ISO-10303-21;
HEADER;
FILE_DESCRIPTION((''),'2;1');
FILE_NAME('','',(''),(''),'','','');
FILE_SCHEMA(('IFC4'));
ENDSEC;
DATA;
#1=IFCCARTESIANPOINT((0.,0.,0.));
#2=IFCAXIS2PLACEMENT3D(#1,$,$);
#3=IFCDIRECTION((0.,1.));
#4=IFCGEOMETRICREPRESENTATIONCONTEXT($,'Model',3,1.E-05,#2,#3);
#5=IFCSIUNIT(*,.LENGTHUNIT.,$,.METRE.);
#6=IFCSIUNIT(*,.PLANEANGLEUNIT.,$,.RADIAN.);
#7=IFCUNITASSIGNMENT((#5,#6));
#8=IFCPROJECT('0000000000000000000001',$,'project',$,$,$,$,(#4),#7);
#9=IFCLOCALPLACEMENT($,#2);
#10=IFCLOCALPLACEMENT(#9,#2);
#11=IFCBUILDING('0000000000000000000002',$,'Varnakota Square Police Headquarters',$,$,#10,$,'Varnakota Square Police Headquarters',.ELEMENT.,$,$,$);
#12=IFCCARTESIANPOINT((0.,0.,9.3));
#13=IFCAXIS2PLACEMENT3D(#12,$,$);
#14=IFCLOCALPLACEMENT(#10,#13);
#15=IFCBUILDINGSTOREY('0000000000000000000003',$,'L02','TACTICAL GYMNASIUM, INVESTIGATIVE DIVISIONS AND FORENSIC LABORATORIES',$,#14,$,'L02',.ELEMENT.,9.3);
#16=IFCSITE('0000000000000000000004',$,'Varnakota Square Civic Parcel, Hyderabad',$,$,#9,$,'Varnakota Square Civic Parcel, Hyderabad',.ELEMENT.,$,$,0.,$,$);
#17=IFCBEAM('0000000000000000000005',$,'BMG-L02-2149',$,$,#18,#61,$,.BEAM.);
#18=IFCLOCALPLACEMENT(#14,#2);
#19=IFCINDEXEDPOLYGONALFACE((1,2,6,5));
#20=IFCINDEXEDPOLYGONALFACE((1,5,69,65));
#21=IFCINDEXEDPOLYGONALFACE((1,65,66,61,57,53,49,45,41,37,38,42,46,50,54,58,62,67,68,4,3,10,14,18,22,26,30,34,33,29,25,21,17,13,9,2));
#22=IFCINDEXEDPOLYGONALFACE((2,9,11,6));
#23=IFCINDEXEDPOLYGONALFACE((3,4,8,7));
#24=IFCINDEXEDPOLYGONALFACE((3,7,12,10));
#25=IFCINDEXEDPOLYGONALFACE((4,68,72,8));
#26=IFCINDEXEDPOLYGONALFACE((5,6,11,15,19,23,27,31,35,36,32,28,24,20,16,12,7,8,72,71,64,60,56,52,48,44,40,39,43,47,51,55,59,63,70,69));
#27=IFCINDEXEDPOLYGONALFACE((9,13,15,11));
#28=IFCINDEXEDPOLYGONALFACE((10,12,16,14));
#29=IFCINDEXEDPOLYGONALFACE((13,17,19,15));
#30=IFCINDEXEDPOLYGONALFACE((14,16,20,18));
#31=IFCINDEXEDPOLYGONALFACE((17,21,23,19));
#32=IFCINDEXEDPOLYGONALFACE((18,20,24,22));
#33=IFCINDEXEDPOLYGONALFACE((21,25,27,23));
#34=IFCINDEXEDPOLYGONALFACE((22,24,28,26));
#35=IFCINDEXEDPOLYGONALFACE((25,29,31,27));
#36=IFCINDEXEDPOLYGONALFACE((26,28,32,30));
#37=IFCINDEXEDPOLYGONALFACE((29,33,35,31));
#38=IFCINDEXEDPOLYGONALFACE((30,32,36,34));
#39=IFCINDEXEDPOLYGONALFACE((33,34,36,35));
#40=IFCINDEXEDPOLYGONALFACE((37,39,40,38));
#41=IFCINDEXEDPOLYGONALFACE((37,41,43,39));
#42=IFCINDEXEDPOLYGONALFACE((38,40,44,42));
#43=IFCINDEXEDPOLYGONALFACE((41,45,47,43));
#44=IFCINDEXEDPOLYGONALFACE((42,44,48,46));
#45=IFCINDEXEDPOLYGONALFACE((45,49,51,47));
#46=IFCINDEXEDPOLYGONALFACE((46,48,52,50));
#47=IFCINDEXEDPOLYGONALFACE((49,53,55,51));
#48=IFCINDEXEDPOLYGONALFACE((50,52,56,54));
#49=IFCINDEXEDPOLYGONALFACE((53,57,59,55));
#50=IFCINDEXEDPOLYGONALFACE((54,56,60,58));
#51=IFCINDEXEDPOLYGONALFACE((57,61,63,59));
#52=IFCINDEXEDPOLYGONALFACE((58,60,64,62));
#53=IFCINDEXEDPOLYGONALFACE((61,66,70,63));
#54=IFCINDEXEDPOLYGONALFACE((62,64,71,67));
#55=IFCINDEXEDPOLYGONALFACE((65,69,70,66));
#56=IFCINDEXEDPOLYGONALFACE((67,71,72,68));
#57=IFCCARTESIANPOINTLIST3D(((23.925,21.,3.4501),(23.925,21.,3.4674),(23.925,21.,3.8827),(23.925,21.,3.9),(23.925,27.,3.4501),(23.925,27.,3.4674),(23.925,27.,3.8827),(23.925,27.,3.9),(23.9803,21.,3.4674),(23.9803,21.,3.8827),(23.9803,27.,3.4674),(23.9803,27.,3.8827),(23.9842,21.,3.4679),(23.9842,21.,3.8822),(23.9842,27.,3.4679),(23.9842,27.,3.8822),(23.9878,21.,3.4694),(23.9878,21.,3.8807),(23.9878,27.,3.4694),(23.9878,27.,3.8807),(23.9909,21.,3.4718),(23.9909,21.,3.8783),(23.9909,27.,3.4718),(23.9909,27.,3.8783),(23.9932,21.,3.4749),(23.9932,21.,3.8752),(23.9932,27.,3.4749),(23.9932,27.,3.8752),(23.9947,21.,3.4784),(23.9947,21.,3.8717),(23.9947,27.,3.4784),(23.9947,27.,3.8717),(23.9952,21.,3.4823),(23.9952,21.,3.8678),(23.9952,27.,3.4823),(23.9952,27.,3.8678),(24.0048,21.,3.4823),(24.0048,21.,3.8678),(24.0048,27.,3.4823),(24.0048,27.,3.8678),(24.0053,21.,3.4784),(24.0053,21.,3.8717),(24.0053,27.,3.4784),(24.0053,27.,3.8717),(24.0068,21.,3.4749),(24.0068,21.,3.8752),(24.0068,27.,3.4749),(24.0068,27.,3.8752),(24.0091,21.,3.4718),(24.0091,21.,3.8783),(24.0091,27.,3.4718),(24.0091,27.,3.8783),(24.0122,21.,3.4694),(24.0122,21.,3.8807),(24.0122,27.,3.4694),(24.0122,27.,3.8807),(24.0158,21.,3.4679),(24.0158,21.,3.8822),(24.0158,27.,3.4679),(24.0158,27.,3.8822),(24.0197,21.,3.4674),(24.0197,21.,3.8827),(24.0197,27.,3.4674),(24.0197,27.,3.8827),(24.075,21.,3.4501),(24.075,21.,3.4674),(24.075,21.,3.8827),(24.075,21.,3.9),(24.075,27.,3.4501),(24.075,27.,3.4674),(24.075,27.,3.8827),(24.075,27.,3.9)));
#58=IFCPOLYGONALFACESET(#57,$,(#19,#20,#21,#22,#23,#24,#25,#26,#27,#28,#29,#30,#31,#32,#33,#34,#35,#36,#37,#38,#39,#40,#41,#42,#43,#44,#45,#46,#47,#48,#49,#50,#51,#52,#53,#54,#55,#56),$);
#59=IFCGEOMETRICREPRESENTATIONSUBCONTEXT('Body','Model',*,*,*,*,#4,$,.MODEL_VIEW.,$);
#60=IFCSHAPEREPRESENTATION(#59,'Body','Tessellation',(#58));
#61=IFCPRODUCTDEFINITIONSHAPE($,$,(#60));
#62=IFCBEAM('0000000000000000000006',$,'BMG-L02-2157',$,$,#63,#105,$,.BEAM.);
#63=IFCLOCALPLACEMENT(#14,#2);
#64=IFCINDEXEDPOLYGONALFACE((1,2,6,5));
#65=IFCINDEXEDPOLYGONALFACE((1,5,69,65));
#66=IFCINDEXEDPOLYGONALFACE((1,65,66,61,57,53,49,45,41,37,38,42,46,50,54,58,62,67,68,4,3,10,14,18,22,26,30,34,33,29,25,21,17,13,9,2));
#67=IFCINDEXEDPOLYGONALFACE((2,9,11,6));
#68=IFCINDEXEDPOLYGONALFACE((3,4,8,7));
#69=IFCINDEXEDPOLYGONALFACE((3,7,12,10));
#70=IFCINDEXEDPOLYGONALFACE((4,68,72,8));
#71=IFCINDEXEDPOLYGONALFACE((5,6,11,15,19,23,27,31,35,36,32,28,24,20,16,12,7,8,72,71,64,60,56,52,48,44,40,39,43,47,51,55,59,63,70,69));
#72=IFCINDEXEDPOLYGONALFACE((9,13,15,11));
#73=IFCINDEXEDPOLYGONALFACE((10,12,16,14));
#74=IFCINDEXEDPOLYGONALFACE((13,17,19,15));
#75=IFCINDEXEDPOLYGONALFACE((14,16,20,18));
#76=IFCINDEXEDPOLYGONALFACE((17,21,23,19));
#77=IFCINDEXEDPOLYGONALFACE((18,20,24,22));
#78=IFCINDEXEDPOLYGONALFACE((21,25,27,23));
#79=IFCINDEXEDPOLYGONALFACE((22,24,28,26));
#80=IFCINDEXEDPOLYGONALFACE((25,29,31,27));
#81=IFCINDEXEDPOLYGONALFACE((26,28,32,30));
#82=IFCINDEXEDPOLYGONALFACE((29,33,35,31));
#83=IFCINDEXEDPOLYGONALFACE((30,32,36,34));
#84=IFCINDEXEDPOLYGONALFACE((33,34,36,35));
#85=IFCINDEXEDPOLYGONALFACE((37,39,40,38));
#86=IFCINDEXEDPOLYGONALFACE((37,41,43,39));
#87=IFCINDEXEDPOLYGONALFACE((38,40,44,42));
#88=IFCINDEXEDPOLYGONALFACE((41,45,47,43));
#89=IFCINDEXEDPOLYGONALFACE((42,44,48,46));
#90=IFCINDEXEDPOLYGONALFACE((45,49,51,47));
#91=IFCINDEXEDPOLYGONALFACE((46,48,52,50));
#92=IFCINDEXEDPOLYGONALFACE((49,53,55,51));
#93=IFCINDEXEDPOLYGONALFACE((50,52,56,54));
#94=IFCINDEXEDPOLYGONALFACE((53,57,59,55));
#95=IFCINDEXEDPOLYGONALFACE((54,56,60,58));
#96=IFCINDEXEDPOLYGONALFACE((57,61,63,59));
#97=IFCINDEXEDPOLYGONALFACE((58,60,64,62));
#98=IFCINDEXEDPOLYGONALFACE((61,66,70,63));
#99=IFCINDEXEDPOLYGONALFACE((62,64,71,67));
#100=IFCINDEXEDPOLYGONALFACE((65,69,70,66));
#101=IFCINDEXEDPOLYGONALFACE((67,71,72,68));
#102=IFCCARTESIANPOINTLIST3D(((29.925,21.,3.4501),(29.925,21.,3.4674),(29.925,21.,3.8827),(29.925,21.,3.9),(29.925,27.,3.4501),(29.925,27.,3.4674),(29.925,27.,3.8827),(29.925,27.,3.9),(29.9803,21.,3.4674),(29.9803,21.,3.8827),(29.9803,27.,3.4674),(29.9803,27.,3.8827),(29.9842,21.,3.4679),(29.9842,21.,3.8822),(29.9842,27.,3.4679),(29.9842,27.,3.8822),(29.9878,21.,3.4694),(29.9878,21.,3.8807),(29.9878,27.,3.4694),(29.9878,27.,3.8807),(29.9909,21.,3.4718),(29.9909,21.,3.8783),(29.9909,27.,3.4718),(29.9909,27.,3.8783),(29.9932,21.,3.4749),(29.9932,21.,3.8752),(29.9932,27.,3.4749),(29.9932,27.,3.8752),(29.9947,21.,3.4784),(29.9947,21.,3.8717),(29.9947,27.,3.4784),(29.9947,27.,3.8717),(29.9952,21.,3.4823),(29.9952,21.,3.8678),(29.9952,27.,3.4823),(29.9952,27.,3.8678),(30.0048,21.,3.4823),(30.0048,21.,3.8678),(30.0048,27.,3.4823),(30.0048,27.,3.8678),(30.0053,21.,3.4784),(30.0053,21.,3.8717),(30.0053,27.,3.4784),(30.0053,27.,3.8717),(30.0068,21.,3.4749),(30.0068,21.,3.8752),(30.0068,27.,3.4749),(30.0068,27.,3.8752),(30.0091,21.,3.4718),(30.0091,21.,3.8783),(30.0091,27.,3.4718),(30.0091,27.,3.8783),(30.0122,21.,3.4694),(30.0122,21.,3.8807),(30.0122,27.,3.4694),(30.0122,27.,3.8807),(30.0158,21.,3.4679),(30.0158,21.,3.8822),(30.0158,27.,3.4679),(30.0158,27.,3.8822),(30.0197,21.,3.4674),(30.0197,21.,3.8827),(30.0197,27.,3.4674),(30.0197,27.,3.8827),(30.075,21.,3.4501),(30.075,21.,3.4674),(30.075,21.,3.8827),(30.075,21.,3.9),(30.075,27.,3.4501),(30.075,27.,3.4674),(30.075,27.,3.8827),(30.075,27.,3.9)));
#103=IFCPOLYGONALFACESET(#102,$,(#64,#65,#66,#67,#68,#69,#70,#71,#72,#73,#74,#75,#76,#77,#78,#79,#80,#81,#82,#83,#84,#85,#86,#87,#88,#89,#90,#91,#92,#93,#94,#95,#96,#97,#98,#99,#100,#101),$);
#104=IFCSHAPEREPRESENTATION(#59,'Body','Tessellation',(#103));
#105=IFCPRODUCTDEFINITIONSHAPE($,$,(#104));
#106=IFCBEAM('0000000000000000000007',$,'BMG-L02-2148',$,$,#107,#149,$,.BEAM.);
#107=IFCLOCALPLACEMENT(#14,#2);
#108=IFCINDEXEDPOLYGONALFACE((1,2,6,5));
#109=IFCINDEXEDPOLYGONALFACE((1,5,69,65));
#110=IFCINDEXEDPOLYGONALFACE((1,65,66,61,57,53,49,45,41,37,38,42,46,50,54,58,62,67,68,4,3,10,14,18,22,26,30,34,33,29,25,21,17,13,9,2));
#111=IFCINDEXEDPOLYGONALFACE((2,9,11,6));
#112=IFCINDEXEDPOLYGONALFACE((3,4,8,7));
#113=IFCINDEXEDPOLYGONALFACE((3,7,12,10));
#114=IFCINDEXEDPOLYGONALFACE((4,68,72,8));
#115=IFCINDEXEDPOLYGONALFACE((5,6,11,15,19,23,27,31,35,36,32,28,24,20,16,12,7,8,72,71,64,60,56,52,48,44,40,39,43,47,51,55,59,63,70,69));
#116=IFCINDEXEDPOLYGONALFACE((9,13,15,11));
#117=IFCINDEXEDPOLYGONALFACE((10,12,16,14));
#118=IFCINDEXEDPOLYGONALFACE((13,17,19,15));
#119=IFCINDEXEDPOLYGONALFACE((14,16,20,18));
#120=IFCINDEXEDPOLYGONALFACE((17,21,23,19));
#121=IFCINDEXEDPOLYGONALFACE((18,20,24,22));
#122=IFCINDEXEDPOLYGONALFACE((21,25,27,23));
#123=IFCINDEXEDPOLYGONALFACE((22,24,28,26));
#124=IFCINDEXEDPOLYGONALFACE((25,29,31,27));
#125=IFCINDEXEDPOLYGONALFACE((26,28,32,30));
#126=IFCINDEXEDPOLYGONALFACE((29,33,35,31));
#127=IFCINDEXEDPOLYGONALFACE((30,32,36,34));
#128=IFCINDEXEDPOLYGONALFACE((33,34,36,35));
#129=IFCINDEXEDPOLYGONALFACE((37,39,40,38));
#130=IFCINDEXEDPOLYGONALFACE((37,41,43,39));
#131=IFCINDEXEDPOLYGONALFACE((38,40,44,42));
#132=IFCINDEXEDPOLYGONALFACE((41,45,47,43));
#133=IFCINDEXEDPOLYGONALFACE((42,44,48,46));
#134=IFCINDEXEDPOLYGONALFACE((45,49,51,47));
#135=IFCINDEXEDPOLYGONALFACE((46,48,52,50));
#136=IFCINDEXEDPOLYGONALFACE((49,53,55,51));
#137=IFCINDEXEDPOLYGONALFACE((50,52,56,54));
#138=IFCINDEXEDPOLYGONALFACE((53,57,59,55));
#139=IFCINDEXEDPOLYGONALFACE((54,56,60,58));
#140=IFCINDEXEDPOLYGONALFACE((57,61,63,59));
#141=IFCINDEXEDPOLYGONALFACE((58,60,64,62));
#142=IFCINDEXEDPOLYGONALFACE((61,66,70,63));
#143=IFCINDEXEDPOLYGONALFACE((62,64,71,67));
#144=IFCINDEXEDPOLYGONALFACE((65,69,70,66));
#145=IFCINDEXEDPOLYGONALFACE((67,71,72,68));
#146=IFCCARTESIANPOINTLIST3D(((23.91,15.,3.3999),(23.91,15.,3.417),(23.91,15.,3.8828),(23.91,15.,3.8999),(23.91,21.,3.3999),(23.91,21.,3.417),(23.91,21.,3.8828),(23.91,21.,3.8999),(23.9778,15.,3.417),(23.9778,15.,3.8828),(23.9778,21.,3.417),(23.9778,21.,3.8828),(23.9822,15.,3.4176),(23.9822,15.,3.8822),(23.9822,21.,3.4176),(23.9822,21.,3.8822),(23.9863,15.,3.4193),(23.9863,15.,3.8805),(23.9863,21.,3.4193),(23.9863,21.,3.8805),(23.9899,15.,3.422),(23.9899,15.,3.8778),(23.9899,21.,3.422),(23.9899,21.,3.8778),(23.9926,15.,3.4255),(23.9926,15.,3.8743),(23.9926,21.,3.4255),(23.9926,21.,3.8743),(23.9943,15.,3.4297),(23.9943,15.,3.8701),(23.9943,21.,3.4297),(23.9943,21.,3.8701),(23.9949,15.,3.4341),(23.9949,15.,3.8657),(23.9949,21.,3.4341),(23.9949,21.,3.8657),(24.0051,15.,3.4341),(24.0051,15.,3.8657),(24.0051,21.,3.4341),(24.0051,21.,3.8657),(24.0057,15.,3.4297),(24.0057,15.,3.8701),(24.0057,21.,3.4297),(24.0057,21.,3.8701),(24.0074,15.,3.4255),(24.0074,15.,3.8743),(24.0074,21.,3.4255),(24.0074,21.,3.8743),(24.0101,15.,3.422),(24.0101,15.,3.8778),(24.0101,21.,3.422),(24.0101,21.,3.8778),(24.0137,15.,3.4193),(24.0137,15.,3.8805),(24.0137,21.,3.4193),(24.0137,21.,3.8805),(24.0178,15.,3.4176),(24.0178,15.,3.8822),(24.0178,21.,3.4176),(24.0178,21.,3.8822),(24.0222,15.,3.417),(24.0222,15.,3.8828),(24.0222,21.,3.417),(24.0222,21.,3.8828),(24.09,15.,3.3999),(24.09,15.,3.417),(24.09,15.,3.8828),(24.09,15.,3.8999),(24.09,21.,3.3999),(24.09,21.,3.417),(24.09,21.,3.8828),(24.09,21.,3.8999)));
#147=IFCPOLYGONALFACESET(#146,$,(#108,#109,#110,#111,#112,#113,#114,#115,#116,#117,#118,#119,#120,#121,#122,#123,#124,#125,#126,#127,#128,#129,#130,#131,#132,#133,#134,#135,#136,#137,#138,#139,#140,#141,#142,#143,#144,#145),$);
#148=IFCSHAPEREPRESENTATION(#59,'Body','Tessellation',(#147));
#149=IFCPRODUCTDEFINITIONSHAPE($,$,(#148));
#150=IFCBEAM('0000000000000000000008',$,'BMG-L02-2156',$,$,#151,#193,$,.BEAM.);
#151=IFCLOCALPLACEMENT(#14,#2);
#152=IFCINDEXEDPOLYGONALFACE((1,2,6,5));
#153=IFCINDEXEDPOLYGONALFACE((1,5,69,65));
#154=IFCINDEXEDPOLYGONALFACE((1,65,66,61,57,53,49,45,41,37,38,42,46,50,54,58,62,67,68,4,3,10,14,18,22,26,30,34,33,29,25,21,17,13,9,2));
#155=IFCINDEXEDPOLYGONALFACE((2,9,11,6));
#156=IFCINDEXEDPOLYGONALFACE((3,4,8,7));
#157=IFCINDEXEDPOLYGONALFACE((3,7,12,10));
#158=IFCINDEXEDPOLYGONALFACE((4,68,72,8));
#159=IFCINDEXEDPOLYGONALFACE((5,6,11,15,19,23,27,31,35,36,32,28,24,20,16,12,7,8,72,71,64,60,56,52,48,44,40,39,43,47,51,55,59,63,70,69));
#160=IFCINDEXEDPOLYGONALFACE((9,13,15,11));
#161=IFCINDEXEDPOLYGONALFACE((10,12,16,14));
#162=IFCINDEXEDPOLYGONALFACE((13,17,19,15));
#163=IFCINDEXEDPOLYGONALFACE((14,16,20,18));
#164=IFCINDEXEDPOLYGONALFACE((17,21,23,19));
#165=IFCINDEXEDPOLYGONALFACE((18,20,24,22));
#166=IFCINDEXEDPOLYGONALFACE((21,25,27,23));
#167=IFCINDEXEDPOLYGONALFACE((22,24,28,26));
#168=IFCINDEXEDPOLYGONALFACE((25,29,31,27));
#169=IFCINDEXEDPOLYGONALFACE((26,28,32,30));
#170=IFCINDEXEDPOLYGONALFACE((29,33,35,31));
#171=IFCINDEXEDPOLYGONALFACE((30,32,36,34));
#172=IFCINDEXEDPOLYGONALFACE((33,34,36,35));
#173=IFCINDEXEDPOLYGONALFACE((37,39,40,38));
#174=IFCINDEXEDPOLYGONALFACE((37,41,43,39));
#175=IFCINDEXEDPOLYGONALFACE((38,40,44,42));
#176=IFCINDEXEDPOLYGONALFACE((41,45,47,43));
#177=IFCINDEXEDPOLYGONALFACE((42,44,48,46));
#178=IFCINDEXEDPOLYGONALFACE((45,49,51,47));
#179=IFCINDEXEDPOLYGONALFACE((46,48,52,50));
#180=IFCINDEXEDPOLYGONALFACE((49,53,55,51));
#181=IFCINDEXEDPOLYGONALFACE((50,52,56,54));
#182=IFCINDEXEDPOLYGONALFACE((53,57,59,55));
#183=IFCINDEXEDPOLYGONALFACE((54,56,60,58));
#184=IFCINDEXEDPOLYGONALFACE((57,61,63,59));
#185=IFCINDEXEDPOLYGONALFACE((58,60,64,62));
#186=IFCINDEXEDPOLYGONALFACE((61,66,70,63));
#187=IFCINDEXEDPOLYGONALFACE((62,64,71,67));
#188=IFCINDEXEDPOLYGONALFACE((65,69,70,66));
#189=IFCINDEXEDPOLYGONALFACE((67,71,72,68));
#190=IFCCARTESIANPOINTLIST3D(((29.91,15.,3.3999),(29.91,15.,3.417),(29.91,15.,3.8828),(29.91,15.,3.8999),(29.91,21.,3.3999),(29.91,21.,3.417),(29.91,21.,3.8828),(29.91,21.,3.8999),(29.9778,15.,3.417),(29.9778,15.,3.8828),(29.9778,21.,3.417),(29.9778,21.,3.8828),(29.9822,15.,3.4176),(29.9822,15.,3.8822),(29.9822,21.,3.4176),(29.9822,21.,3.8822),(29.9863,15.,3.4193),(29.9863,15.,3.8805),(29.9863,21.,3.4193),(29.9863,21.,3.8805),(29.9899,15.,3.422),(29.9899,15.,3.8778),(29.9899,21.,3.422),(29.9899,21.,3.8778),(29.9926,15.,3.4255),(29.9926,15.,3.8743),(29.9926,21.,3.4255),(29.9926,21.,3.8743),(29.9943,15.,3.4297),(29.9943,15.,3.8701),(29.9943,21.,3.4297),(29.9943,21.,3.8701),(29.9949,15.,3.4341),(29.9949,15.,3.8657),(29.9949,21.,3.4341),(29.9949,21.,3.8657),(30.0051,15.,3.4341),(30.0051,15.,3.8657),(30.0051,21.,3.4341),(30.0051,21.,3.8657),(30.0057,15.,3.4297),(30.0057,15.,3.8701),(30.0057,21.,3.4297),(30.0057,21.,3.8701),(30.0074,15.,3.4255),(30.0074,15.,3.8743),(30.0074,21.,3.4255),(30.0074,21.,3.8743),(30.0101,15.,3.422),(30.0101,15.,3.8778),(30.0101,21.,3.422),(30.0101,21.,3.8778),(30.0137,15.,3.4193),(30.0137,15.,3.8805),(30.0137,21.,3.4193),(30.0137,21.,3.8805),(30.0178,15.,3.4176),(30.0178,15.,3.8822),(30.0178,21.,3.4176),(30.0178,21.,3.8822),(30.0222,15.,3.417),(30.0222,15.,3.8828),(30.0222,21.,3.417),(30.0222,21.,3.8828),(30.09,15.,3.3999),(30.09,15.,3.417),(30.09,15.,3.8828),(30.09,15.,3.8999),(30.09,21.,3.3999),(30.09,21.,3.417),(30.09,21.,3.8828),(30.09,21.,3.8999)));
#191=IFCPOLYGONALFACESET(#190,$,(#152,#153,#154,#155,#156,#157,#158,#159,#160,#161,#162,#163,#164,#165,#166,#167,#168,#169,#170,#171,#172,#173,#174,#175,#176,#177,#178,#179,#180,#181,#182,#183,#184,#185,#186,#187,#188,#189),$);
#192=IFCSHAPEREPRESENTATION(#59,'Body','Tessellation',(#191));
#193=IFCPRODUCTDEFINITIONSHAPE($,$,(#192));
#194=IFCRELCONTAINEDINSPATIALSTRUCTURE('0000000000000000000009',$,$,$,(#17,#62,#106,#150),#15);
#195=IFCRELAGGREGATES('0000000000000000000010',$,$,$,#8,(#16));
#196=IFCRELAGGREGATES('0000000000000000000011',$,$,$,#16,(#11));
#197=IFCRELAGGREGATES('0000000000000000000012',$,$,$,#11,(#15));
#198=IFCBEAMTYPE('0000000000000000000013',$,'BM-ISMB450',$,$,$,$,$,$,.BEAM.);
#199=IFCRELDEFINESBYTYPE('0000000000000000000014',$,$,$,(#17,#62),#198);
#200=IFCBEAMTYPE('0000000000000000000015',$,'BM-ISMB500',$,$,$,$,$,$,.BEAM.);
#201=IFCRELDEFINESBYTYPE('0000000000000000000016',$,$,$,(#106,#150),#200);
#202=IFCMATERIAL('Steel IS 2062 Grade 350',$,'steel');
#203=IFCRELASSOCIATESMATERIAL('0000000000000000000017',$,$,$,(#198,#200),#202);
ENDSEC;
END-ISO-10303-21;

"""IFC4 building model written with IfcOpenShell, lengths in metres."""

from ifc_helpers import new_model, si_unit, direction, frame, origin, origin_2d, place, context, subcontext, project, spatial, i_section, extrude, material, material_profile, profile_set, type_object, element, save


model = new_model("IFC4")

# Units and contexts
model_context = context("Model", 3, precision=1e-05, world=origin(), true_north=direction((0.0, 1.0)))
body_context = subcontext(model_context, "Body", "Model", "MODEL_VIEW")
ifc_project = project(units=[si_unit("LENGTHUNIT", "METRE"), si_unit("PLANEANGLEUNIT", "RADIAN")], contexts=[model_context])

# Site, building, storey
site_placement = place(None, origin())
site = spatial("IfcSite", under=ifc_project, at=site_placement, Name="Varnakota Square Civic Parcel, Hyderabad", LongName="Varnakota Square Civic Parcel, Hyderabad", CompositionType="ELEMENT", RefElevation=0.0)
building_placement = place(site_placement, origin())
building = spatial("IfcBuilding", under=site, at=building_placement, Name="Varnakota Square Police Headquarters", LongName="Varnakota Square Police Headquarters", CompositionType="ELEMENT")
storey_placement = place(building_placement, frame((0.0, 0.0, 9.3)))
storey = spatial("IfcBuildingStorey", under=building, at=storey_placement, Name="L02", Description="TACTICAL GYMNASIUM, INVESTIGATIVE DIVISIONS AND FORENSIC LABORATORIES", LongName="L02", CompositionType="ELEMENT", Elevation=9.3)

# Shared definitions
ifc_material = material(Name="Steel IS 2062 Grade 350", Category="steel")

# Beams
ifc_material_profile_1 = material_profile(ifc_material, i_section(OverallWidth=0.1499, OverallDepth=0.45, WebThickness=0.0095, FlangeThickness=0.0173, FilletRadius=0.0149, at=origin_2d()), Name="ISMB 450")
ifc_profile_set_1 = profile_set([ifc_material_profile_1], Name="Steel IS 2062 Grade 350")
beam_type_1 = type_object("IfcBeamType", Name="BM-ISMB450", PredefinedType="BEAM", material=ifc_profile_set_1)
for number, where, z_axis, x_axis, name in (
    (1, (24.0, 21.0, 3.675), (0.0, 1.0, 0.0), (-1.0, 0.0, 0.0), "BMG-L02-2149"),
    (2, (30.0, 21.0, 3.675), (0.0, 1.0, 0.0), (-1.0, 0.0, 0.0), "BMG-L02-2157"),
):
    element("IfcBeam", number, at=place(storey_placement, frame(where, z_axis=z_axis, x_axis=x_axis)), inside=storey, type_object=beam_type_1, Name=name, PredefinedType="BEAM", context=body_context, shape_type="SweptSolid", body=[
        extrude(i_section(OverallWidth=0.1499, OverallDepth=0.45, WebThickness=0.0095, FlangeThickness=0.0173, FilletRadius=0.0149, at=origin_2d()), origin(), (0.0, 0.0, 1.0), 6.0),
    ])
ifc_material_profile_2 = material_profile(ifc_material, i_section(OverallWidth=0.1799, OverallDepth=0.5, WebThickness=0.0103, FlangeThickness=0.0171, FilletRadius=0.0171, at=origin_2d()), Name="ISMB 500")
ifc_profile_set_2 = profile_set([ifc_material_profile_2], Name="Steel IS 2062 Grade 350")
beam_type_2 = type_object("IfcBeamType", Name="BM-ISMB500", PredefinedType="BEAM", material=ifc_profile_set_2)
for number, where, z_axis, x_axis, name in (
    (3, (24.0, 15.0, 3.6499), (0.0, 1.0, 0.0), (-1.0, 0.0, 0.0), "BMG-L02-2148"),
    (4, (30.0, 15.0, 3.6499), (0.0, 1.0, 0.0), (-1.0, 0.0, 0.0), "BMG-L02-2156"),
):
    element("IfcBeam", number, at=place(storey_placement, frame(where, z_axis=z_axis, x_axis=x_axis)), inside=storey, type_object=beam_type_2, Name=name, PredefinedType="BEAM", context=body_context, shape_type="SweptSolid", body=[
        extrude(i_section(OverallWidth=0.1799, OverallDepth=0.5, WebThickness=0.0103, FlangeThickness=0.0171, FilletRadius=0.0171, at=origin_2d()), origin(), (0.0, 0.0, 1.0), 6.0),
    ])

save(model, "model.ifc")
